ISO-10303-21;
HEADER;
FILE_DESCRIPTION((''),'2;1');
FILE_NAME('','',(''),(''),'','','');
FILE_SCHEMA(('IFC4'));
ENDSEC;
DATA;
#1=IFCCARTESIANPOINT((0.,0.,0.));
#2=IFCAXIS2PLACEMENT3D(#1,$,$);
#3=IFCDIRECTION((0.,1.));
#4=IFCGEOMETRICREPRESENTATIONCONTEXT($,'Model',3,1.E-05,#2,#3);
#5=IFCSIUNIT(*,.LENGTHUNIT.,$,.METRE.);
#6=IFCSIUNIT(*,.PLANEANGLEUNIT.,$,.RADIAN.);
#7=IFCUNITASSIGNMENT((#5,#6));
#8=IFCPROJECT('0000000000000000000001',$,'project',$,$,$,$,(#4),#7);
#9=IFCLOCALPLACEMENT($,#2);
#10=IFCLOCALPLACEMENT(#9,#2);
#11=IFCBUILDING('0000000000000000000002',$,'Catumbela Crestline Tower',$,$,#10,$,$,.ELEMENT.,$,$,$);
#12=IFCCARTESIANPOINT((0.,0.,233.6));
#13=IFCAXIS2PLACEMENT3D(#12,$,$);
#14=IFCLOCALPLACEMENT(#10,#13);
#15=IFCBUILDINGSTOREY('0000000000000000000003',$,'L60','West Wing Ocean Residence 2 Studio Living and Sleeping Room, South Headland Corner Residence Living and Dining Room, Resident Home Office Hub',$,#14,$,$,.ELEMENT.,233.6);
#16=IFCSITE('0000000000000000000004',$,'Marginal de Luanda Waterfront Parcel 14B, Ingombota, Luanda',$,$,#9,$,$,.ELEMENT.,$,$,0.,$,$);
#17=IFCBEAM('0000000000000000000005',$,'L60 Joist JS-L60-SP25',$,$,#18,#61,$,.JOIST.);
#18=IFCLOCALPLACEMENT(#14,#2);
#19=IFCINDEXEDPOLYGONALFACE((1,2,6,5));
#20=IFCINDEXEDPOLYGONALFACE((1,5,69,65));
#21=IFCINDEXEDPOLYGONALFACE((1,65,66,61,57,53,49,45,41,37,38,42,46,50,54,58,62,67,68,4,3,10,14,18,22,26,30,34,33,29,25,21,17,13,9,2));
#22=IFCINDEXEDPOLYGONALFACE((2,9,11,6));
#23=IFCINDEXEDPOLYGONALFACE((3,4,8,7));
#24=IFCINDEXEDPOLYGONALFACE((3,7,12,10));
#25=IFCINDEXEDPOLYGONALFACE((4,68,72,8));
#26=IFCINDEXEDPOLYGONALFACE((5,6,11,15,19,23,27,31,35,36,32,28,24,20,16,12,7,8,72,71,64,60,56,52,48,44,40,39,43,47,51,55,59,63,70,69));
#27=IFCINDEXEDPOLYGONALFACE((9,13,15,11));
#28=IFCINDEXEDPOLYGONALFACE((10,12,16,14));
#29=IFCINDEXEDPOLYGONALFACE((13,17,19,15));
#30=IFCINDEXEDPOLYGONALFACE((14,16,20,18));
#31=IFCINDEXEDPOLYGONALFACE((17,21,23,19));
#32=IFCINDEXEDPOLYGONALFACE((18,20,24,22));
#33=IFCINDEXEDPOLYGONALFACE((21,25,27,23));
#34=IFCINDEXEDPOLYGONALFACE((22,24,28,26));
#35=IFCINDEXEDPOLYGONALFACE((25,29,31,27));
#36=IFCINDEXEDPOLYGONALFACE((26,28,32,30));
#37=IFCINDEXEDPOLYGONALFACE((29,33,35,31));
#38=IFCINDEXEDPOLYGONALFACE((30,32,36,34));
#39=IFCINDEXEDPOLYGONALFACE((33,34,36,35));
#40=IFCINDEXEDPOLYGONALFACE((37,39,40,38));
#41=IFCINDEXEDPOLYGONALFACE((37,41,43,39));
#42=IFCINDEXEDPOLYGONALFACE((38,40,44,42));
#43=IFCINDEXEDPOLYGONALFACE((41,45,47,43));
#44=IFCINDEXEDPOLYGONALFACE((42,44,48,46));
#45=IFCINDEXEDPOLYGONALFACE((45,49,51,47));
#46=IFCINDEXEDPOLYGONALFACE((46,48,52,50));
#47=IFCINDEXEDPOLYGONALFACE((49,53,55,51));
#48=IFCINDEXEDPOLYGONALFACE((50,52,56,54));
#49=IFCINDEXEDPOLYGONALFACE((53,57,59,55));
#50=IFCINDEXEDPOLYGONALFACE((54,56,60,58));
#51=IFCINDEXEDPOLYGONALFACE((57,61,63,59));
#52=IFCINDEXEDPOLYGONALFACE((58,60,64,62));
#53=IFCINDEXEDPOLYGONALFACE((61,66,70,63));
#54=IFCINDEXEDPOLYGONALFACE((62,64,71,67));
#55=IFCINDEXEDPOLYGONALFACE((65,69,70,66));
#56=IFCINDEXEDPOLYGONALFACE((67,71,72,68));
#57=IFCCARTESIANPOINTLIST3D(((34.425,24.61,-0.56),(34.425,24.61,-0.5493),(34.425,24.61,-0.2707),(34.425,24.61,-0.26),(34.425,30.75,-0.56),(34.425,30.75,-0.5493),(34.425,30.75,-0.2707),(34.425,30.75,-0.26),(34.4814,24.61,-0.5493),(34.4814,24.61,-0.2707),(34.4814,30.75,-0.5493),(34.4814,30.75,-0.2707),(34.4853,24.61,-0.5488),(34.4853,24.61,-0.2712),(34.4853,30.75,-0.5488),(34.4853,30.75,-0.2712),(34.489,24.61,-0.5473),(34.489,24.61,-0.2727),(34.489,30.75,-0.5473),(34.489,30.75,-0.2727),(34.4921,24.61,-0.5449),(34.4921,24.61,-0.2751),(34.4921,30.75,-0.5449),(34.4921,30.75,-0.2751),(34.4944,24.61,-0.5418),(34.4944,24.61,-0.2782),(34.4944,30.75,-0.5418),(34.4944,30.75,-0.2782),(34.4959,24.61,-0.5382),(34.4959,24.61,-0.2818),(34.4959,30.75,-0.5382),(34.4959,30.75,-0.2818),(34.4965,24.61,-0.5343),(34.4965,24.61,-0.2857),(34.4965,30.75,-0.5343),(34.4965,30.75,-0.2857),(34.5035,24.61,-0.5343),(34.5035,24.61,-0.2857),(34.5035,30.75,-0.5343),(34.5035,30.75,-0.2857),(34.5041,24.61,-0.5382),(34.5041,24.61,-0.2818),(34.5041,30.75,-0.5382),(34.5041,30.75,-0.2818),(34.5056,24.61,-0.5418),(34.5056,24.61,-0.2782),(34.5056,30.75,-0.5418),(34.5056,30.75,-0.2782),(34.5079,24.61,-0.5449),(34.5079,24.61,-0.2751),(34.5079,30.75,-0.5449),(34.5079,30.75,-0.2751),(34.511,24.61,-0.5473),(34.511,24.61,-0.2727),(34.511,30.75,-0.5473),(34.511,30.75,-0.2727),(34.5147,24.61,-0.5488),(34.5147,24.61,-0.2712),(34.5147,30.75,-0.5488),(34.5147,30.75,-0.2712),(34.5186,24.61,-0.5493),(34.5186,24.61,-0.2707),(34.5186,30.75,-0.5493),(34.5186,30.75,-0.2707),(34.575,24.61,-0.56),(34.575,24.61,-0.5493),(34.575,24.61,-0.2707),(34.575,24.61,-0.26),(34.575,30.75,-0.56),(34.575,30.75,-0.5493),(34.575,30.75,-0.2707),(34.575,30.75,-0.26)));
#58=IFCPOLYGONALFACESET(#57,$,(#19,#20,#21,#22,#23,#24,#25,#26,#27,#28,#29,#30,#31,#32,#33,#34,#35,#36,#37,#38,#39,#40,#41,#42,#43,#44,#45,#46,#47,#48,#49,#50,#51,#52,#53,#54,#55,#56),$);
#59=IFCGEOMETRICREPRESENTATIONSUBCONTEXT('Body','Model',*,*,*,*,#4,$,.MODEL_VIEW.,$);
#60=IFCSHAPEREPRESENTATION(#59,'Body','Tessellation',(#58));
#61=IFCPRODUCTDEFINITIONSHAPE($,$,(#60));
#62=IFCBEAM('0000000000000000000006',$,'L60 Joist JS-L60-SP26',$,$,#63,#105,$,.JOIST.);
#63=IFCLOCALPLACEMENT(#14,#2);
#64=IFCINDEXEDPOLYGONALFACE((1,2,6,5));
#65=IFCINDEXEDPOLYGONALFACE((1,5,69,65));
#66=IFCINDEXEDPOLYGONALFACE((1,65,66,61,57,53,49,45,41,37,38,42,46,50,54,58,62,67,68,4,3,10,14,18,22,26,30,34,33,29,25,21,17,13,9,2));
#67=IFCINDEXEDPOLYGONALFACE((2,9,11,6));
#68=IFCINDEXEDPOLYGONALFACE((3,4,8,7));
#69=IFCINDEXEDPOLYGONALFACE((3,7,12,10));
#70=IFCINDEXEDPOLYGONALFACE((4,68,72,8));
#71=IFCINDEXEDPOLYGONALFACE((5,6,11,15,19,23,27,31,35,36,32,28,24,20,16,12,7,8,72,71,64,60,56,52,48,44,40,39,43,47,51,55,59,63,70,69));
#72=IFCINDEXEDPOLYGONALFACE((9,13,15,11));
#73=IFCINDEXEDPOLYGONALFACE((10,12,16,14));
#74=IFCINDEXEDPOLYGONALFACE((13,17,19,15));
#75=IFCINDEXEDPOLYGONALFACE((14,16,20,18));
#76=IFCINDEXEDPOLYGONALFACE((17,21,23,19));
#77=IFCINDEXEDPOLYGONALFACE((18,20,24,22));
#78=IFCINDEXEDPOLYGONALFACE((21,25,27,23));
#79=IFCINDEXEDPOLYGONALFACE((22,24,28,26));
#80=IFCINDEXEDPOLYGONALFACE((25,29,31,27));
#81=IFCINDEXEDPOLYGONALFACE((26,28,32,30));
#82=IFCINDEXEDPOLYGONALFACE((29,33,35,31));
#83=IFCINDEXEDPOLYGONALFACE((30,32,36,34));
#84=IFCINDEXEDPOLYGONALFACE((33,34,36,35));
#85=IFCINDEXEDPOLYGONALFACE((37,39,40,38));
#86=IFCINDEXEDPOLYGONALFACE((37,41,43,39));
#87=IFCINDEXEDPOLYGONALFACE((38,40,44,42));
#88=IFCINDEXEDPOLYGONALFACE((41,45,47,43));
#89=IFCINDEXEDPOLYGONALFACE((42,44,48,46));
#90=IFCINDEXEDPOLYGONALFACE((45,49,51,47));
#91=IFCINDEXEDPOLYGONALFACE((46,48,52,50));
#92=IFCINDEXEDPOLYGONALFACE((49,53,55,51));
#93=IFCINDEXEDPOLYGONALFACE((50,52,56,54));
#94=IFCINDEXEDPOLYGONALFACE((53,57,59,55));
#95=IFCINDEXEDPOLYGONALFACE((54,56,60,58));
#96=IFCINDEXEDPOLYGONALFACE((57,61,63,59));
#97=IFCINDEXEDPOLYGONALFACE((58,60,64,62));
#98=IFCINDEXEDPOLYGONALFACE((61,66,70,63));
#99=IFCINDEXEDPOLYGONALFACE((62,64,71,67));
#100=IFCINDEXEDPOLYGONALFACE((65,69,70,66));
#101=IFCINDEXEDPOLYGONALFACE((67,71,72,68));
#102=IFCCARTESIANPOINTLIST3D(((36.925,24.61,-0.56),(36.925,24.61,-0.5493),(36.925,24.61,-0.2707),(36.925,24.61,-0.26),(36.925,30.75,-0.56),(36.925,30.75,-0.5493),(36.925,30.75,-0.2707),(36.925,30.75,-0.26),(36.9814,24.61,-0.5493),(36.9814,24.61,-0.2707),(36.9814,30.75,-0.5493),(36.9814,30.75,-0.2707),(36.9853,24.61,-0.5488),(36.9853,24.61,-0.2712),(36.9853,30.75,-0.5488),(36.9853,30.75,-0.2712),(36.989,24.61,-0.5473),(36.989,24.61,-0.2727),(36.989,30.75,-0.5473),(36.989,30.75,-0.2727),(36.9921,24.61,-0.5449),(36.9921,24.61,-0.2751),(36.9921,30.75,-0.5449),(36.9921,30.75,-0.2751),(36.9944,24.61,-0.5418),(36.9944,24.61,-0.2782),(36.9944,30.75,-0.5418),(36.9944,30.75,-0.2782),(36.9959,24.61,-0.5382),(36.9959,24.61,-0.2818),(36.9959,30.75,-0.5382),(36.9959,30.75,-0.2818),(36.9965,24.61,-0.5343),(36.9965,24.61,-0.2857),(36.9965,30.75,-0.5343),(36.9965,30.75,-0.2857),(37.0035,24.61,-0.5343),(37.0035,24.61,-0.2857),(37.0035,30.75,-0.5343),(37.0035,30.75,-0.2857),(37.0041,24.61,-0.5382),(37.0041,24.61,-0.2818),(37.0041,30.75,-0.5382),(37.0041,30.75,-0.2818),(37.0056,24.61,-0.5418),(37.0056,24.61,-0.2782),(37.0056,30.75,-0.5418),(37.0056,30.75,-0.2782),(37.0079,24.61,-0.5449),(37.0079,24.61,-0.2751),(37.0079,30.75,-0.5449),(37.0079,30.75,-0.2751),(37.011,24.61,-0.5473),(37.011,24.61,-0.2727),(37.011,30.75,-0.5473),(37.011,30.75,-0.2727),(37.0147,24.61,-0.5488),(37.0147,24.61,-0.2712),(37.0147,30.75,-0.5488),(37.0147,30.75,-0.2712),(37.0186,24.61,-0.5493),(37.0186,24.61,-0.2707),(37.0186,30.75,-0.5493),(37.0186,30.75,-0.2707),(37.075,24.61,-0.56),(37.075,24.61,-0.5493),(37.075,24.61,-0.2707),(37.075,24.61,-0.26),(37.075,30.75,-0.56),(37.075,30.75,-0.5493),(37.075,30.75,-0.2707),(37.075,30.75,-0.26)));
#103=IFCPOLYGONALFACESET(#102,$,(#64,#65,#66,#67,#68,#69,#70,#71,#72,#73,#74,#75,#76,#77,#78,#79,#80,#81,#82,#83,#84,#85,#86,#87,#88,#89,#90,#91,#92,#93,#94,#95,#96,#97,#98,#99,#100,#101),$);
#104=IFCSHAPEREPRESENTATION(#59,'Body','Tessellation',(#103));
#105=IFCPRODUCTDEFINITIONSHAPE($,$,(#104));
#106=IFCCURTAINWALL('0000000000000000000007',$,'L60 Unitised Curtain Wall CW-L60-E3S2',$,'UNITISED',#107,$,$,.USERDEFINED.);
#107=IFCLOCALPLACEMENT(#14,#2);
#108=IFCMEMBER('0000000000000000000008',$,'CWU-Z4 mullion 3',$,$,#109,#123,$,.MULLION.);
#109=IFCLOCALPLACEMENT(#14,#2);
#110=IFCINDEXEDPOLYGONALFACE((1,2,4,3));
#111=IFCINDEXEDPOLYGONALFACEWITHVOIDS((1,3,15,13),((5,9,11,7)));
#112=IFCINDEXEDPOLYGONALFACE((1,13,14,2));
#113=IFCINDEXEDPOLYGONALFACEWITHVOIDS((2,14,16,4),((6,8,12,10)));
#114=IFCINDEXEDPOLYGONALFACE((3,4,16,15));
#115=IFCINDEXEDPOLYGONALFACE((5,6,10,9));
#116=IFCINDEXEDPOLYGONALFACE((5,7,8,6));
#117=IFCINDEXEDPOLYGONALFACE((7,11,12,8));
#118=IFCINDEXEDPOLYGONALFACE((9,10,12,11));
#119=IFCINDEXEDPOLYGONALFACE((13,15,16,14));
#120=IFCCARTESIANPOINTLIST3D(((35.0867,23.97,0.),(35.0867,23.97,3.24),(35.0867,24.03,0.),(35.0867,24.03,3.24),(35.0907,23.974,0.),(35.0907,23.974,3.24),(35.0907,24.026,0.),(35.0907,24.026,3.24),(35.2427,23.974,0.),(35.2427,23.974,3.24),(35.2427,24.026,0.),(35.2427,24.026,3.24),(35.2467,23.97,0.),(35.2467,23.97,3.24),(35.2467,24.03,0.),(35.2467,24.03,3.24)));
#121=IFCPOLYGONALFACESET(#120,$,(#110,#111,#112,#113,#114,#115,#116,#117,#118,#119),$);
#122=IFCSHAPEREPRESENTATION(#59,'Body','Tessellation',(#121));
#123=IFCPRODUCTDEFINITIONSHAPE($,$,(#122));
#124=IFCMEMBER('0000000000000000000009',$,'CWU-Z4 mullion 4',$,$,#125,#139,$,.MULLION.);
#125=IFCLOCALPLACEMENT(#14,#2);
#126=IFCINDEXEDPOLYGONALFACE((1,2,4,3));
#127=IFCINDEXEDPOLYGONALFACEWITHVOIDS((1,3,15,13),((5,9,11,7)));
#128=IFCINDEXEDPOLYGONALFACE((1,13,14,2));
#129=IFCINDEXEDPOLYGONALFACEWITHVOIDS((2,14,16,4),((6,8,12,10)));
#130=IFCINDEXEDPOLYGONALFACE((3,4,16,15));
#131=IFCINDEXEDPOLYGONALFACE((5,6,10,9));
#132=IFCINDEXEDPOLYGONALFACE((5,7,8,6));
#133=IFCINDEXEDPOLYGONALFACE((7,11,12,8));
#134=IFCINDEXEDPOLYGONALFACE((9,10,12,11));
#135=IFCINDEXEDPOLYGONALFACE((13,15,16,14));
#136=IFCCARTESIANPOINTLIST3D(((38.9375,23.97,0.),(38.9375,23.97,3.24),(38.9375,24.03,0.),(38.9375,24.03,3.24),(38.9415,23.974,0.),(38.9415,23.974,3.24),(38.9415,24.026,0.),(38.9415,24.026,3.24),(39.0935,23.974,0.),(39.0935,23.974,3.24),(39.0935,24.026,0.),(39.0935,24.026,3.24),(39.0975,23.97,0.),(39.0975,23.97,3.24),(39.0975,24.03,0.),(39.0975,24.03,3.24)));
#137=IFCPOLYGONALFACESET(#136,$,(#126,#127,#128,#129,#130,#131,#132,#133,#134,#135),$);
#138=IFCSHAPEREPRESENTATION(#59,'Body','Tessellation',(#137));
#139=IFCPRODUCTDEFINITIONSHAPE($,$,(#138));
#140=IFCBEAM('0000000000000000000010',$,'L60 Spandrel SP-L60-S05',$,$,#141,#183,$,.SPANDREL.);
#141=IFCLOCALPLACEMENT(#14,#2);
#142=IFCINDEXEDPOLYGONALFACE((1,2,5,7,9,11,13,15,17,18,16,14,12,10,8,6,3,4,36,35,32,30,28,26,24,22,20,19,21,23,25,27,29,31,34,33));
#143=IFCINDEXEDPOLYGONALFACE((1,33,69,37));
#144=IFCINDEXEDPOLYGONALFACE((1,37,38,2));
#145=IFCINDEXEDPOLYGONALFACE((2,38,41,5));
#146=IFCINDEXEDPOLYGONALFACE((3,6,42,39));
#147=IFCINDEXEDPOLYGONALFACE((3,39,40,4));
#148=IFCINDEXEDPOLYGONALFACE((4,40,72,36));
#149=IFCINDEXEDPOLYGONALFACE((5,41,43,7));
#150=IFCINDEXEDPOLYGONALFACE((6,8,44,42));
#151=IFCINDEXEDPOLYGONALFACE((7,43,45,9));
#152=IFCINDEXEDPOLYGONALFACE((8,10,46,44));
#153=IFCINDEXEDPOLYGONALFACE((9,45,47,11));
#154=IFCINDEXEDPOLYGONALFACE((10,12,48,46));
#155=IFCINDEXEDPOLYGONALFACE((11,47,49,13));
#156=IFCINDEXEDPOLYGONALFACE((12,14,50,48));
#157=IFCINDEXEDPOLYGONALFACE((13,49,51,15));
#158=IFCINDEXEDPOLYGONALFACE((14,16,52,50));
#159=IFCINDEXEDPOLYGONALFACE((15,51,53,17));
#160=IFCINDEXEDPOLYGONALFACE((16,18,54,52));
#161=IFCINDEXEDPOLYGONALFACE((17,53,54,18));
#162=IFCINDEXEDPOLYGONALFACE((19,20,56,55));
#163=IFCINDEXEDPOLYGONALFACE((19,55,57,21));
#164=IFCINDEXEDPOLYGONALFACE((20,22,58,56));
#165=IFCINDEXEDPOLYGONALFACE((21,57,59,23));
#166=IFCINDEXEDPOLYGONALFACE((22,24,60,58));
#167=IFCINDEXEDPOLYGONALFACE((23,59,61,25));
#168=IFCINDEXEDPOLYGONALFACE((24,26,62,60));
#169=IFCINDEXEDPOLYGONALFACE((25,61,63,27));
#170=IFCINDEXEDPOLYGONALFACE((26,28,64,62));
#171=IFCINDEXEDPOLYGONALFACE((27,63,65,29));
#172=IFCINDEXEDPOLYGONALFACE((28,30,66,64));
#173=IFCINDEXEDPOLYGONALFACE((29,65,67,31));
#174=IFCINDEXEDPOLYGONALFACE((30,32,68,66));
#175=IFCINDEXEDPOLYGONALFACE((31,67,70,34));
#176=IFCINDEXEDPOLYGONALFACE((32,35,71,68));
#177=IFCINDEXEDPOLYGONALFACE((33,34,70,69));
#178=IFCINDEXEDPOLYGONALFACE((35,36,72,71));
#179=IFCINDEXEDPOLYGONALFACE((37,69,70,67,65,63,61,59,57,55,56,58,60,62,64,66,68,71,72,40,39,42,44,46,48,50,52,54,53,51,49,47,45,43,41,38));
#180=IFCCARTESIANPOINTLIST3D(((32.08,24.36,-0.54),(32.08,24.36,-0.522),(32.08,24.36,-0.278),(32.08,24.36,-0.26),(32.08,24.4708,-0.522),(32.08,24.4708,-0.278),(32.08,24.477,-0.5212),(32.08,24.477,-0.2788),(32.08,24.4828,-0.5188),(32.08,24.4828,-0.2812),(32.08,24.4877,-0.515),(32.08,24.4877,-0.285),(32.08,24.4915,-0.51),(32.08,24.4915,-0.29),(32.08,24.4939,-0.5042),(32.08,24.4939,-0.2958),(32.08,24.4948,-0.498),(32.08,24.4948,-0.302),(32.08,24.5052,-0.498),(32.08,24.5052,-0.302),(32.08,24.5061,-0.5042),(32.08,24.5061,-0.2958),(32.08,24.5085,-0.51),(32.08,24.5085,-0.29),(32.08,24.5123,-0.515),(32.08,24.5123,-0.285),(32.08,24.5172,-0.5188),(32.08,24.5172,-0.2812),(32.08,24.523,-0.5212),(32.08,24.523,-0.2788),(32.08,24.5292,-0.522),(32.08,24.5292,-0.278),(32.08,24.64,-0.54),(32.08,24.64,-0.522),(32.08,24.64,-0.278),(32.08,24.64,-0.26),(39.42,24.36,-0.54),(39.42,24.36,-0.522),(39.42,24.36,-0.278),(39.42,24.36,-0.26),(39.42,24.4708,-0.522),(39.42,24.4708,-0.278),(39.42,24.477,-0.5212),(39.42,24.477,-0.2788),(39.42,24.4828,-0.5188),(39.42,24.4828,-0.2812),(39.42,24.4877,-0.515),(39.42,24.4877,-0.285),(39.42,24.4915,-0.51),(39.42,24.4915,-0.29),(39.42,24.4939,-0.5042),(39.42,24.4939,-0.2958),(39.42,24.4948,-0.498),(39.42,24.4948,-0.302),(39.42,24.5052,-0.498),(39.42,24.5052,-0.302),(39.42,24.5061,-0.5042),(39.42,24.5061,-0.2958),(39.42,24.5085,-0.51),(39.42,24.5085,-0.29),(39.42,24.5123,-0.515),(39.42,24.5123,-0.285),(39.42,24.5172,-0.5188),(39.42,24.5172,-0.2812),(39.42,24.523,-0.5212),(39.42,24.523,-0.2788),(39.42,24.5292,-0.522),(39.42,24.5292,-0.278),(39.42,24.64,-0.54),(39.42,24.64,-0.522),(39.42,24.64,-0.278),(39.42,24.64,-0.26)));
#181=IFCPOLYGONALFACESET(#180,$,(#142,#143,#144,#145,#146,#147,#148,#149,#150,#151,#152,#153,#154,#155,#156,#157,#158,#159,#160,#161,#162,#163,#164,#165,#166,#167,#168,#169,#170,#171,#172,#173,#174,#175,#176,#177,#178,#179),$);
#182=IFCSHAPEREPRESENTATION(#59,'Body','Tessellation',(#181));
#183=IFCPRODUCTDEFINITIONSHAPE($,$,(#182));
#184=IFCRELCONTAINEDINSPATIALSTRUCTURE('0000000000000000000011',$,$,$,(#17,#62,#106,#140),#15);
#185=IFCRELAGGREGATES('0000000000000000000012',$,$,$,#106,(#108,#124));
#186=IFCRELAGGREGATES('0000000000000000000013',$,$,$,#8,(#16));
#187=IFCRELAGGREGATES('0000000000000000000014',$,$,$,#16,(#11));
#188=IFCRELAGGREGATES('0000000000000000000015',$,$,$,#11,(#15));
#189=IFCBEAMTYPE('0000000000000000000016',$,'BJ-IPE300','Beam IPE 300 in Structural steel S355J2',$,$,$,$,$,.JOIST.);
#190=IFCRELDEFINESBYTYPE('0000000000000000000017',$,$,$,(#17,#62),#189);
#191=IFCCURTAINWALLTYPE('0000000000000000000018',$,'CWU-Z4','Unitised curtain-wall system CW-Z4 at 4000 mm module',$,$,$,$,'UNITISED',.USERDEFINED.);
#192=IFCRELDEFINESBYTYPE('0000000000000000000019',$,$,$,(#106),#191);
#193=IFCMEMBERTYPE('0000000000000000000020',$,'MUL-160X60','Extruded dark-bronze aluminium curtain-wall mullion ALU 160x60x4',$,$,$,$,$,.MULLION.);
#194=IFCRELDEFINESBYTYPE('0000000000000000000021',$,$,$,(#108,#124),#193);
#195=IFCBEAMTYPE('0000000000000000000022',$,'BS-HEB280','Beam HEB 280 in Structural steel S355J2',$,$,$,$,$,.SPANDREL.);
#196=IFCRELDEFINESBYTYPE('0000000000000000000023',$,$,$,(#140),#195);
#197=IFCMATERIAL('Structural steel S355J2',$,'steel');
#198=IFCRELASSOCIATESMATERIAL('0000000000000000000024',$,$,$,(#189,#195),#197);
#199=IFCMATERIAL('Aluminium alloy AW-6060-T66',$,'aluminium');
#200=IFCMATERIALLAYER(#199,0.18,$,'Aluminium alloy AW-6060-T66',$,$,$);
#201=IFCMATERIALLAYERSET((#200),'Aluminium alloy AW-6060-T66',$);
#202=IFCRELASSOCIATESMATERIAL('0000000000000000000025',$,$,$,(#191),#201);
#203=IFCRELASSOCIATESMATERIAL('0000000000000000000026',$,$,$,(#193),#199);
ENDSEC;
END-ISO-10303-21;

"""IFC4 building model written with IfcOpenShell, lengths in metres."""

from ifc_helpers import new_model, si_unit, direction, frame, origin, origin_2d, place, context, subcontext, project, spatial, hollow_rectangle, i_section, extrude, material, layer, layer_set, material_profile, profile_set, type_object, element, aggregate, save


model = new_model("IFC4")

# Units and contexts
model_context = context("Model", 3, precision=1e-05, world=origin(), true_north=direction((0.0, 1.0)))
body_context = subcontext(model_context, "Body", "Model", "MODEL_VIEW")
ifc_project = project(units=[si_unit("LENGTHUNIT", "METRE"), si_unit("PLANEANGLEUNIT", "RADIAN")], contexts=[model_context])

# Site, building, storey
site_placement = place(None, origin())
site = spatial("IfcSite", under=ifc_project, at=site_placement, Name="Marginal de Luanda Waterfront Parcel 14B, Ingombota, Luanda", CompositionType="ELEMENT", RefElevation=0.0)
building_placement = place(site_placement, origin())
building = spatial("IfcBuilding", under=site, at=building_placement, Name="Catumbela Crestline Tower", CompositionType="ELEMENT")
storey_placement = place(building_placement, frame((0.0, 0.0, 233.6)))
storey = spatial("IfcBuildingStorey", under=building, at=storey_placement, Name="L60", Description="West Wing Ocean Residence 2 Studio Living and Sleeping Room, South Headland Corner Residence Living and Dining Room, Resident Home Office Hub", CompositionType="ELEMENT", Elevation=233.6)

# Shared definitions
ifc_material_1 = material(Name="Structural steel S355J2", Category="steel")

# Beams
ifc_material_profile_1 = material_profile(ifc_material_1, i_section(OverallWidth=0.15, OverallDepth=0.3, WebThickness=0.0071, FlangeThickness=0.0107, FilletRadius=0.015, at=origin_2d()), Name="IPE 300")
ifc_profile_set_1 = profile_set([ifc_material_profile_1], Name="Structural steel S355J2")
beam_type_1 = type_object("IfcBeamType", Name="BJ-IPE300", Description="Beam IPE 300 in Structural steel S355J2", PredefinedType="JOIST", material=ifc_profile_set_1)
for number, where, z_axis, x_axis, name in (
    (1, (34.5, 24.61, -0.41), (0.0, 1.0, 0.0), (-1.0, 0.0, 0.0), "L60 Joist JS-L60-SP25"),
    (2, (37.0, 24.61, -0.41), (0.0, 1.0, 0.0), (-1.0, 0.0, 0.0), "L60 Joist JS-L60-SP26"),
):
    element("IfcBeam", number, at=place(storey_placement, frame(where, z_axis=z_axis, x_axis=x_axis)), inside=storey, type_object=beam_type_1, Name=name, PredefinedType="JOIST", context=body_context, shape_type="SweptSolid", body=[
        extrude(i_section(OverallWidth=0.15, OverallDepth=0.3, WebThickness=0.0071, FlangeThickness=0.0107, FilletRadius=0.015, at=origin_2d()), origin(), (0.0, 0.0, 1.0), 6.14),
    ])

# Curtain wall, members
ifc_material_2 = material(Name="Aluminium alloy AW-6060-T66", Category="aluminium")
ifc_layer_1 = layer(ifc_material_2, 0.18, Name="Aluminium alloy AW-6060-T66")
ifc_layer_set_1 = layer_set([ifc_layer_1], Name="Aluminium alloy AW-6060-T66")
curtain_wall_type = type_object("IfcCurtainWallType", Name="CWU-Z4", Description="Unitised curtain-wall system CW-Z4 at 4000 mm module", ElementType="UNITISED", PredefinedType="USERDEFINED", material=ifc_layer_set_1)
curtain_wall_placement = place(storey_placement, origin())
curtain_wall = element("IfcCurtainWall", 3, at=curtain_wall_placement, inside=storey, type_object=curtain_wall_type, Name="L60 Unitised Curtain Wall CW-L60-E3S2", ObjectType="UNITISED", PredefinedType="USERDEFINED")
ifc_material_profile_2 = material_profile(ifc_material_2, hollow_rectangle(XDim=0.06, YDim=0.16, WallThickness=0.004, at=origin_2d()), Name="ALU 160x60x4")
ifc_profile_set_2 = profile_set([ifc_material_profile_2], Name="Aluminium alloy AW-6060-T66")
member_type_1 = type_object("IfcMemberType", Name="MUL-160X60", Description="Extruded dark-bronze aluminium curtain-wall mullion ALU 160x60x4", PredefinedType="MULLION", material=ifc_profile_set_2)
member_1_placement = place(storey_placement, frame((35.1667, 24.0, 0.0), z_axis=(0.0, 0.0, 1.0), x_axis=(0.0, 1.0, 0.0)))
member_1 = element("IfcMember", 4, at=member_1_placement, type_object=member_type_1, Name="CWU-Z4 mullion 3", PredefinedType="MULLION", context=body_context, shape_type="SweptSolid", body=[
    extrude(hollow_rectangle(XDim=0.06, YDim=0.16, WallThickness=0.004, at=origin_2d()), origin(), (0.0, 0.0, 1.0), 3.24),
])
member_2_placement = place(storey_placement, frame((39.0175, 24.0, 0.0), z_axis=(0.0, 0.0, 1.0), x_axis=(0.0, 1.0, 0.0)))
member_2 = element("IfcMember", 5, at=member_2_placement, type_object=member_type_1, Name="CWU-Z4 mullion 4", PredefinedType="MULLION", context=body_context, shape_type="SweptSolid", body=[
    extrude(hollow_rectangle(XDim=0.06, YDim=0.16, WallThickness=0.004, at=origin_2d()), origin(), (0.0, 0.0, 1.0), 3.24),
])

# Beam
ifc_material_profile_3 = material_profile(ifc_material_1, i_section(OverallWidth=0.28, OverallDepth=0.28, WebThickness=0.0105, FlangeThickness=0.018, FilletRadius=0.024, at=origin_2d()), Name="HEB 280")
ifc_profile_set_3 = profile_set([ifc_material_profile_3], Name="Structural steel S355J2")
beam_type_2 = type_object("IfcBeamType", Name="BS-HEB280", Description="Beam HEB 280 in Structural steel S355J2", PredefinedType="SPANDREL", material=ifc_profile_set_3)
beam_placement = place(storey_placement, frame((32.08, 24.5, -0.4), z_axis=(1.0, 0.0, 0.0), x_axis=(0.0, 1.0, 0.0)))
element("IfcBeam", 6, at=beam_placement, inside=storey, type_object=beam_type_2, Name="L60 Spandrel SP-L60-S05", PredefinedType="SPANDREL", context=body_context, shape_type="SweptSolid", body=[
    extrude(i_section(OverallWidth=0.28, OverallDepth=0.28, WebThickness=0.0105, FlangeThickness=0.018, FilletRadius=0.024, at=origin_2d()), origin(), (0.0, 0.0, 1.0), 7.34),
])

aggregate(curtain_wall, [member_1, member_2])

save(model, "model.ifc")
